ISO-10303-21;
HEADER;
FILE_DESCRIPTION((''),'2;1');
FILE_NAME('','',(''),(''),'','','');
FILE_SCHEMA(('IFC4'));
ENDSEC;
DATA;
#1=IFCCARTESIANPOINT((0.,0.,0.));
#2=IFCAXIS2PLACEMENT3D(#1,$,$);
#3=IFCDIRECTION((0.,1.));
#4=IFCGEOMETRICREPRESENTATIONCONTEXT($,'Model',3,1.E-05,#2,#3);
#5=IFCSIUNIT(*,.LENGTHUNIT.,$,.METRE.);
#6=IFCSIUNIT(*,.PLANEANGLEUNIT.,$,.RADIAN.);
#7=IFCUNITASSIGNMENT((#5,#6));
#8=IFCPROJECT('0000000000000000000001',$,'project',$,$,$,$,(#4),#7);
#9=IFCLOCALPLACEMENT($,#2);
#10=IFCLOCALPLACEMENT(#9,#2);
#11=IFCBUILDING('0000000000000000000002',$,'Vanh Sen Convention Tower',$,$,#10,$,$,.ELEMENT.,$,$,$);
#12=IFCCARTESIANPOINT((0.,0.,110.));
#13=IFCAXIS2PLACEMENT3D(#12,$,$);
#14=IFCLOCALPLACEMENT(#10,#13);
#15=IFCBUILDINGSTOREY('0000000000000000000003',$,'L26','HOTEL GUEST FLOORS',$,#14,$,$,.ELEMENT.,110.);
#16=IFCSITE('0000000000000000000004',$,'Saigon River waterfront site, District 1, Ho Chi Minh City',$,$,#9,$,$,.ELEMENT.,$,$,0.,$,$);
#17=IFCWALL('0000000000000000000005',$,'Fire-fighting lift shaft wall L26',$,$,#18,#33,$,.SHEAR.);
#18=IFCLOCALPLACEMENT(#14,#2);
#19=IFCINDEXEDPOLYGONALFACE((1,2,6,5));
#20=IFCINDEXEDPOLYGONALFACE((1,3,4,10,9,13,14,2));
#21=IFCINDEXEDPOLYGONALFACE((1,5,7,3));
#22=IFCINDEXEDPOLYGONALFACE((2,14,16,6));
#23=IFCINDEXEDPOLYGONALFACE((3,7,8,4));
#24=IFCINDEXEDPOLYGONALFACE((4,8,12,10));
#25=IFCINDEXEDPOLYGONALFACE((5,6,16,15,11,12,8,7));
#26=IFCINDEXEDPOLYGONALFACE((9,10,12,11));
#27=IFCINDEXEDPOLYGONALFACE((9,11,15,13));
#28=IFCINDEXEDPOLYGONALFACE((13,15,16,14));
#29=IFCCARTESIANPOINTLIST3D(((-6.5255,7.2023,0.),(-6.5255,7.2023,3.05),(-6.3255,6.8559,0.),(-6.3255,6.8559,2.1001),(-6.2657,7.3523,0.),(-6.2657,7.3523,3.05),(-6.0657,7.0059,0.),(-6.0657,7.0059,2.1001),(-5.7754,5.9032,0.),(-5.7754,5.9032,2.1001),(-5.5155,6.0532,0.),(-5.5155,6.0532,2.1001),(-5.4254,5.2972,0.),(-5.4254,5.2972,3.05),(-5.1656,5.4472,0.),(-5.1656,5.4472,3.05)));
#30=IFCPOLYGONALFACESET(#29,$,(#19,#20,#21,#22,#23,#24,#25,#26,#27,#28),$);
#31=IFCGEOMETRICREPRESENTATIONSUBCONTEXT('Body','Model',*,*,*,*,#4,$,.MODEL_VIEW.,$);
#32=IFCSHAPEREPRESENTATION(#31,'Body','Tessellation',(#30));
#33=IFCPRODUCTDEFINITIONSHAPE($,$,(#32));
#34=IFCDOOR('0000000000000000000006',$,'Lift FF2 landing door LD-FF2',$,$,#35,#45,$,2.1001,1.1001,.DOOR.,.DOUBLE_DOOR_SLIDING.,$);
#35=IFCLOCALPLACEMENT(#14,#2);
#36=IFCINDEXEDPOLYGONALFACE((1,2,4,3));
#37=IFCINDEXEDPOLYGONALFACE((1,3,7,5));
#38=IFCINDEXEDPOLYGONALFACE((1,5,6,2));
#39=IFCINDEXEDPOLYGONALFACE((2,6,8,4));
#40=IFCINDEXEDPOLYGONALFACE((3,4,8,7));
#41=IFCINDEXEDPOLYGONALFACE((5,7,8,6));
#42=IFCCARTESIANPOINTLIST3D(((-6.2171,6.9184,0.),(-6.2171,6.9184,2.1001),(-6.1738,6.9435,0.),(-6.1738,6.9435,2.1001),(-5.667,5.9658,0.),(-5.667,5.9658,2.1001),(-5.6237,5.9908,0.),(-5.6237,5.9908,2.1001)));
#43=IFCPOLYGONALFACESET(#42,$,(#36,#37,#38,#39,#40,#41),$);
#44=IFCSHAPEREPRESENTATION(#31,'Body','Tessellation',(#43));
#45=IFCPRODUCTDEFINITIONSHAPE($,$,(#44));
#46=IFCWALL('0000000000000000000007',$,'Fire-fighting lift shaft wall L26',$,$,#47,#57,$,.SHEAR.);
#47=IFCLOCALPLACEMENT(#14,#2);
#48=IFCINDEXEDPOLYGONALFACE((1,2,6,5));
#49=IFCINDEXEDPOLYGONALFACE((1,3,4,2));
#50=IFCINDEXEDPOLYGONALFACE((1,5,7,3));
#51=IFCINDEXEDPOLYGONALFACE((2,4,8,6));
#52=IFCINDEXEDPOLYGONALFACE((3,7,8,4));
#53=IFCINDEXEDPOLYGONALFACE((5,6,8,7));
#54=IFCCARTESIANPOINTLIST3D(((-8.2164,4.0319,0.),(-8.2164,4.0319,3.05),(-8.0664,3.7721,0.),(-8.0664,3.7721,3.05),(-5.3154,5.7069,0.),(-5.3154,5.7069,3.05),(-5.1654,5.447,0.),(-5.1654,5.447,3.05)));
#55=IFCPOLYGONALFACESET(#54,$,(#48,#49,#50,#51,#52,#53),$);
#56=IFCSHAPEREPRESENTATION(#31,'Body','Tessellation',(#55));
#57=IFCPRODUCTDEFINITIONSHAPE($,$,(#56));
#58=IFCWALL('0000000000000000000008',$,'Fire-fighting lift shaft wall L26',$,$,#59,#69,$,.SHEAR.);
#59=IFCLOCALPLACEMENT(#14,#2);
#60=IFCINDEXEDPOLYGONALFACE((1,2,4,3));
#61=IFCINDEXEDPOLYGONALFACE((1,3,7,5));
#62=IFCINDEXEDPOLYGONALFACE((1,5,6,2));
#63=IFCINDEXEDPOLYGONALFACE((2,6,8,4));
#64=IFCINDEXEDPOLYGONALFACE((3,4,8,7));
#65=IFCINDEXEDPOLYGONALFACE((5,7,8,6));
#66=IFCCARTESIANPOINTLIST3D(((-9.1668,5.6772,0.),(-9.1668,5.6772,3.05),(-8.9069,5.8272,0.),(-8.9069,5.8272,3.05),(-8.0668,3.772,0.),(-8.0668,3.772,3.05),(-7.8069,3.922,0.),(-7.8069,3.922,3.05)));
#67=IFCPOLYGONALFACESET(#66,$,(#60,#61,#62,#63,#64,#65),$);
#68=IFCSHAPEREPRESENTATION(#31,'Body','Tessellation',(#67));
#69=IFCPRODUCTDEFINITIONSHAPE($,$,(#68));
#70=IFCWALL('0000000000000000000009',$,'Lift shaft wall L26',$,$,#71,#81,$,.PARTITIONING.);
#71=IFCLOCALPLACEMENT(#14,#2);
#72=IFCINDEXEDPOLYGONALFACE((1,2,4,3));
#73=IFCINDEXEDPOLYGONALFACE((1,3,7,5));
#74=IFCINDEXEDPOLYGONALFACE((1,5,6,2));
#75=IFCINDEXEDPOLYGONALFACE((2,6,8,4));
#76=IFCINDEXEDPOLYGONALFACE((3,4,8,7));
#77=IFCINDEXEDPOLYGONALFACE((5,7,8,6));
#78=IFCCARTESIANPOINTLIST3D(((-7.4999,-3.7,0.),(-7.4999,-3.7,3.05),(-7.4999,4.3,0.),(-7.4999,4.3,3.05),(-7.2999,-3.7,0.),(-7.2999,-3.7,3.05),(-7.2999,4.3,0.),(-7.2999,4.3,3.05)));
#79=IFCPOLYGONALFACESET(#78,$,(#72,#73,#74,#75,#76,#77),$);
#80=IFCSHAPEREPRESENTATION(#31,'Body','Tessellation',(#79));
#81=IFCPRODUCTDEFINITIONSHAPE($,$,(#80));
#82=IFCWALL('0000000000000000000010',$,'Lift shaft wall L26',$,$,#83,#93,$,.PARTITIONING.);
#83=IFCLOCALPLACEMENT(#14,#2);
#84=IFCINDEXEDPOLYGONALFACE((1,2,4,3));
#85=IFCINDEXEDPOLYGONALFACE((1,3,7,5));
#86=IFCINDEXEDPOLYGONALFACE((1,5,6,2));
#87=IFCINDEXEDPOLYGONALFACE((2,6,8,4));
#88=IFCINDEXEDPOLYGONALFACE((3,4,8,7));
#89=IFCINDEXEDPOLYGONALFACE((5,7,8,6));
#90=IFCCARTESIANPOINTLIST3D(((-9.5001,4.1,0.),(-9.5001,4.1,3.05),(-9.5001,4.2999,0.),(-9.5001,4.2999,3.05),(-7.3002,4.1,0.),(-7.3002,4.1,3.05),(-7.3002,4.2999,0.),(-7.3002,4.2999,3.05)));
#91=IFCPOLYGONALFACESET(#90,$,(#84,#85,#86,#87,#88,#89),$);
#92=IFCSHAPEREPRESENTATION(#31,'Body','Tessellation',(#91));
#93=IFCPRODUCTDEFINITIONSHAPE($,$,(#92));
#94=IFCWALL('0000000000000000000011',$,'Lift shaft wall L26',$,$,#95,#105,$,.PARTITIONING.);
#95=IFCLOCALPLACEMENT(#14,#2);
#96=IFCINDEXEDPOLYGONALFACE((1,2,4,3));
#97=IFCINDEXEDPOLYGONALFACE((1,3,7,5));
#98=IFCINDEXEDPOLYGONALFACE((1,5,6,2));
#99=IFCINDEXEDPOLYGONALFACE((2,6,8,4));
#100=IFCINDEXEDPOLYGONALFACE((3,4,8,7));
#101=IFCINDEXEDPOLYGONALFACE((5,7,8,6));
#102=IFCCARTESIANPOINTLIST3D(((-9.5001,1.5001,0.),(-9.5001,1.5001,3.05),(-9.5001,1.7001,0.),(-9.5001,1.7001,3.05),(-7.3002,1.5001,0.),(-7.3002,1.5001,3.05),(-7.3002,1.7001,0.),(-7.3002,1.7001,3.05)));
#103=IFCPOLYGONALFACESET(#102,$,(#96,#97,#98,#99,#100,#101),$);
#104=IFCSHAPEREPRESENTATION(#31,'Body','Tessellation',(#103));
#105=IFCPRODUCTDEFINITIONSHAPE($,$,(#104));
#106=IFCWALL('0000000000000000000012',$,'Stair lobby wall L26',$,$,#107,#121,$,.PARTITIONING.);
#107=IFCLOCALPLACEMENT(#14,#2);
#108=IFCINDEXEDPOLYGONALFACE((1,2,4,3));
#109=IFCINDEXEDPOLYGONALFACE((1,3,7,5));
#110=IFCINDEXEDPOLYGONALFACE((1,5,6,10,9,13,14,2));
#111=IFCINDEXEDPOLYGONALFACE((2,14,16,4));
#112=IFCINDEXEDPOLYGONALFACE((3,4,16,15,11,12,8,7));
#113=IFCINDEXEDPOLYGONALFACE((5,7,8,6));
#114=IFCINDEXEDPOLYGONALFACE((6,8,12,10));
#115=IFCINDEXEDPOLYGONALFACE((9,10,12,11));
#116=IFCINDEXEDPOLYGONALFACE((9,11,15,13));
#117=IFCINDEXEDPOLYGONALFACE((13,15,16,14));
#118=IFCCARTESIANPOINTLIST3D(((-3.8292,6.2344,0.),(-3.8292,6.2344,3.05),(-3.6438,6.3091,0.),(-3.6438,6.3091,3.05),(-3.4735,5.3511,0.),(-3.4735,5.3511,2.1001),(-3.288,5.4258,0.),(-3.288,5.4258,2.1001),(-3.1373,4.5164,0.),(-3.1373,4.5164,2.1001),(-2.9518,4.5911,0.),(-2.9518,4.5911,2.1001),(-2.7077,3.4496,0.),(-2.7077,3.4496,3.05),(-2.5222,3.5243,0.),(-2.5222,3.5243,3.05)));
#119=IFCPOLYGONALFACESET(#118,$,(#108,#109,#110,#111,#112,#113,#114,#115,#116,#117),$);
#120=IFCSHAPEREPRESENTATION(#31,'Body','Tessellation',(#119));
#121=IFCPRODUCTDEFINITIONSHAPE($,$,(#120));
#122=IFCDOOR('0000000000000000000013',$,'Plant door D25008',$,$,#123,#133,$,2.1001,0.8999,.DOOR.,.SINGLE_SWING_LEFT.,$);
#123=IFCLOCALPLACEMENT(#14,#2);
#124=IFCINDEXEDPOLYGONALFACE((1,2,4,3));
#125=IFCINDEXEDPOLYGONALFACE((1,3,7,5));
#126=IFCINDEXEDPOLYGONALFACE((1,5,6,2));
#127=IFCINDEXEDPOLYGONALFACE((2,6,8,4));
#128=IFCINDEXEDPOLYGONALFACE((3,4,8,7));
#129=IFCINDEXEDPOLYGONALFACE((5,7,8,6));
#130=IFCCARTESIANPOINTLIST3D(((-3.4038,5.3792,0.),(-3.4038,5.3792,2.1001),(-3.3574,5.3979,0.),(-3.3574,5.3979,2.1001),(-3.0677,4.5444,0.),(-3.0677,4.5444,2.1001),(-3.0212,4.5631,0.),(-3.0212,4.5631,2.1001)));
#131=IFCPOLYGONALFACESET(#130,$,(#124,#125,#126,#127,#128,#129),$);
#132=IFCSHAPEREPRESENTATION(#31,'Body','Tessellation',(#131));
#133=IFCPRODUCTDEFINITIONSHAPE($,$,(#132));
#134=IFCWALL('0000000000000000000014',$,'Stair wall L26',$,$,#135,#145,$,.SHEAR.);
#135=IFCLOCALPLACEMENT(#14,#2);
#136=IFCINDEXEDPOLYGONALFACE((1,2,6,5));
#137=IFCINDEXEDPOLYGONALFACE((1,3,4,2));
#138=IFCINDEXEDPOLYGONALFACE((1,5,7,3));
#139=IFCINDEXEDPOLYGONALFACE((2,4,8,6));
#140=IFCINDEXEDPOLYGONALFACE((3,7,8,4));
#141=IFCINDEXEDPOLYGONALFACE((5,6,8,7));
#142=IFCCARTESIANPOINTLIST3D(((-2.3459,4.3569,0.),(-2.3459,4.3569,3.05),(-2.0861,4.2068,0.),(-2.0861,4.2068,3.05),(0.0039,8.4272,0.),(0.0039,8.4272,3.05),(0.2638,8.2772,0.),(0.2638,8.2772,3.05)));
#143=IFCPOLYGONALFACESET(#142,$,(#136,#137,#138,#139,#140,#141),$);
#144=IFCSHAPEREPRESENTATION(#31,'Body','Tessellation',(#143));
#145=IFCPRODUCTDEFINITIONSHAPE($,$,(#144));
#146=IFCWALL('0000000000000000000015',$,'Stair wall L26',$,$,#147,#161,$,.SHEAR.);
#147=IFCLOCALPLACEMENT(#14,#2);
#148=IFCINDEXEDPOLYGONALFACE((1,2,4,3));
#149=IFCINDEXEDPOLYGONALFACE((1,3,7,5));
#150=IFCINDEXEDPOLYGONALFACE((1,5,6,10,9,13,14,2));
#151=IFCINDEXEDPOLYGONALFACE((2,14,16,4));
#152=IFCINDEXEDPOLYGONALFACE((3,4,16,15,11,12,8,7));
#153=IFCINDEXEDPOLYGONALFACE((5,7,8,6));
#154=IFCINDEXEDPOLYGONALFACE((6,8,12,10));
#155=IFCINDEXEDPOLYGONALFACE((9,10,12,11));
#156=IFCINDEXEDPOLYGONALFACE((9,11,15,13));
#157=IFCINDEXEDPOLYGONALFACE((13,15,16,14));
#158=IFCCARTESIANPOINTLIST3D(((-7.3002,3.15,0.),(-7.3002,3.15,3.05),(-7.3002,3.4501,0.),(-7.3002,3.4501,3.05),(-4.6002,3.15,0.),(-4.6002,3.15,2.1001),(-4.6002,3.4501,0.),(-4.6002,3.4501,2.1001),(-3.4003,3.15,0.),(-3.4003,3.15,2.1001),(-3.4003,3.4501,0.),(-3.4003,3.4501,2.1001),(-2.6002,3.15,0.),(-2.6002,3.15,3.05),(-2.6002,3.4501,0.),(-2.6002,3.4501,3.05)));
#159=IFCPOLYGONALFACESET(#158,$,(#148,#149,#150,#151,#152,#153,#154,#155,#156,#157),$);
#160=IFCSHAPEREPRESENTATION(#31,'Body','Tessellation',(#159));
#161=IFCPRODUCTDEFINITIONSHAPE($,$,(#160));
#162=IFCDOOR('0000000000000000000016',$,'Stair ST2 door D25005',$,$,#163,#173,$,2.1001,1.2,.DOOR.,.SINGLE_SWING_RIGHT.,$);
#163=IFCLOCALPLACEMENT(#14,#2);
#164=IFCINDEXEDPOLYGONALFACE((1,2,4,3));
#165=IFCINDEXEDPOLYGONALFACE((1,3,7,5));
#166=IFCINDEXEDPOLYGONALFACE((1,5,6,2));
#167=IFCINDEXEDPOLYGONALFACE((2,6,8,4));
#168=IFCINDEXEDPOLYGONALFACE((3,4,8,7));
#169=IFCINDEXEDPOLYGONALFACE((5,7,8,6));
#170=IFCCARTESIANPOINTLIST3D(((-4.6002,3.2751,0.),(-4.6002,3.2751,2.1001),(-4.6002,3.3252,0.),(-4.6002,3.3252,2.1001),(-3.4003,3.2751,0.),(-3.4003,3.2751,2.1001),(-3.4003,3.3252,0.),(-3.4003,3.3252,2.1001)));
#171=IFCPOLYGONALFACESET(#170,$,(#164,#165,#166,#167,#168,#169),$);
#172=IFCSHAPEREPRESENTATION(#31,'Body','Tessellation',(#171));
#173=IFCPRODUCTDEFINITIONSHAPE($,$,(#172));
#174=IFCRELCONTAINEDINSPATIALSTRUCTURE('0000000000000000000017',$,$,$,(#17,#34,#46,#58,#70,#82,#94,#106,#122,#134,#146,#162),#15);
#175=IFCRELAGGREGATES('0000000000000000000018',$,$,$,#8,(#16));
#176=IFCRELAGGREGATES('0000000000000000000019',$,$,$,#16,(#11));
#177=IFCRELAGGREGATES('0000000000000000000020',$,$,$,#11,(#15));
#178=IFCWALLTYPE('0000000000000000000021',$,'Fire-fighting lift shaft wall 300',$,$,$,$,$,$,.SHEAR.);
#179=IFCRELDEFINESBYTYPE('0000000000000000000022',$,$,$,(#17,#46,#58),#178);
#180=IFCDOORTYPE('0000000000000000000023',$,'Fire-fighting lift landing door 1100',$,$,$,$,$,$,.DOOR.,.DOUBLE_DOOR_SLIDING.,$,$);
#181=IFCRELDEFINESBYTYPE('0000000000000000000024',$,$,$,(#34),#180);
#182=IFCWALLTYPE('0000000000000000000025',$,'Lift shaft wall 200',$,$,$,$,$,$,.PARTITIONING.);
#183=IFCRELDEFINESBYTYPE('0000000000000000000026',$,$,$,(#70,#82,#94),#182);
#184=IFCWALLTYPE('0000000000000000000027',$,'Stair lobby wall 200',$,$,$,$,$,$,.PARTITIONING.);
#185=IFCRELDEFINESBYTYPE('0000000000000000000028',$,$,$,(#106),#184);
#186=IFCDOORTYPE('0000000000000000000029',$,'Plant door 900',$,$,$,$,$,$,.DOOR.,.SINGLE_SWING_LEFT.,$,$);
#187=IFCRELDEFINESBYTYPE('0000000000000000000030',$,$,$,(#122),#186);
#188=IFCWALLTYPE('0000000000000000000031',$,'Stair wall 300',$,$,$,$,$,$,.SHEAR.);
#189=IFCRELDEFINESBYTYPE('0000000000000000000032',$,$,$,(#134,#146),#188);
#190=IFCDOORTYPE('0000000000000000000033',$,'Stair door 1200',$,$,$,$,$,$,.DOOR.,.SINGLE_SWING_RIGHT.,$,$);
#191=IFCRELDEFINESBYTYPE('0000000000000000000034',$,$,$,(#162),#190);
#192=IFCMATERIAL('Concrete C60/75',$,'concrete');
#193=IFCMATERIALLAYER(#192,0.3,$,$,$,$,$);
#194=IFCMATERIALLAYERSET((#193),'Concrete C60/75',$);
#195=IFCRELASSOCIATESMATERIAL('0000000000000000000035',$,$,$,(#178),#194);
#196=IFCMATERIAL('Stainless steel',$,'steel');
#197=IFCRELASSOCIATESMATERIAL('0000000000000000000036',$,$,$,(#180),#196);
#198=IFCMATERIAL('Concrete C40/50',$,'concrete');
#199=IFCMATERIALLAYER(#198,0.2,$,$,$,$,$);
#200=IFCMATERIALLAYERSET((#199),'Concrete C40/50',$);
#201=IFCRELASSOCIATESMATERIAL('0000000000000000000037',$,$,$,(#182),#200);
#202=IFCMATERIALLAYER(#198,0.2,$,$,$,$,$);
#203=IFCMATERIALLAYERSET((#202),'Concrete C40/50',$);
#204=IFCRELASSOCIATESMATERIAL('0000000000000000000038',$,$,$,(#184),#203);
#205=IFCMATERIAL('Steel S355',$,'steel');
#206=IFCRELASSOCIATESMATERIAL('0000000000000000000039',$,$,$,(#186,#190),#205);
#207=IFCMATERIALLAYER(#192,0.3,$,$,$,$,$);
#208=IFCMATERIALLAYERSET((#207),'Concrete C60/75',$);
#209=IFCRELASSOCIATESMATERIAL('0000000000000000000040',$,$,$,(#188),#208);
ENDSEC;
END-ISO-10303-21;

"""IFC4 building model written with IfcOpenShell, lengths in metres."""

from ifc_helpers import new_model, si_unit, direction, frame, frame_2d, origin, place, context, subcontext, project, spatial, rectangle, extrude, material, layer, layer_set, type_object, element, fill, save


model = new_model("IFC4")

# Units and contexts
model_context = context("Model", 3, precision=1e-05, world=origin(), true_north=direction((0.0, 1.0)))
body_context = subcontext(model_context, "Body", "Model", "MODEL_VIEW")
ifc_project = project(units=[si_unit("LENGTHUNIT", "METRE"), si_unit("PLANEANGLEUNIT", "RADIAN")], contexts=[model_context])

# Site, building, storey
site_placement = place(None, origin())
site = spatial("IfcSite", under=ifc_project, at=site_placement, Name="Saigon River waterfront site, District 1, Ho Chi Minh City", CompositionType="ELEMENT", RefElevation=0.0)
building_placement = place(site_placement, origin())
building = spatial("IfcBuilding", under=site, at=building_placement, Name="Vanh Sen Convention Tower", CompositionType="ELEMENT")
storey_placement = place(building_placement, frame((0.0, 0.0, 110.0)))
storey = spatial("IfcBuildingStorey", under=building, at=storey_placement, Name="L26", Description="HOTEL GUEST FLOORS", CompositionType="ELEMENT", Elevation=110.0)

# Wall, opening, door
ifc_material_1 = material(Name="Concrete C60/75", Category="concrete")
ifc_layer_1 = layer(ifc_material_1, 0.3)
ifc_layer_set_1 = layer_set([ifc_layer_1], Name="Concrete C60/75")
wall_type_1 = type_object("IfcWallType", Name="Fire-fighting lift shaft wall 300", PredefinedType="SHEAR", material=ifc_layer_set_1)
wall_1_placement = place(storey_placement, frame((-5.2954, 5.3721, 0.0), z_axis=(0.0, 0.0, 1.0), x_axis=(-0.500078, 0.86598, 0.0)))
wall_1 = element("IfcWall", 1, at=wall_1_placement, inside=storey, type_object=wall_type_1, Name="Fire-fighting lift shaft wall L26", PredefinedType="SHEAR", context=body_context, shape_type="SweptSolid", body=[
    extrude(rectangle(XDim=2.2, YDim=0.3, at=frame_2d((1.1001, 0.0))), origin(), (0.0, 0.0, 1.0), 3.05),
])
opening_1_placement = place(wall_1_placement, frame((0.7, 0.0, 0.0)))
opening_1 = element("IfcOpeningElement", 2, at=opening_1_placement, cuts=wall_1, PredefinedType="OPENING", context=body_context, shape_type="SweptSolid", body=[
    extrude(rectangle(XDim=1.1001, YDim=2.1001, at=frame_2d((0.55, 1.05))), frame((0.0, 0.1599, 0.0), z_axis=(0.0, -1.0, 0.0), x_axis=(1.0, 0.0, 0.0)), (0.0, 0.0, 1.0), 0.3201),
])
ifc_material_2 = material(Name="Stainless steel", Category="steel")
door_type_1 = type_object("IfcDoorType", Name="Fire-fighting lift landing door 1100", OperationType="DOUBLE_DOOR_SLIDING", PredefinedType="DOOR", material=ifc_material_2)
door_1_placement = place(opening_1_placement, origin())
door_1 = element("IfcDoor", 3, at=door_1_placement, inside=storey, type_object=door_type_1, Name="Lift FF2 landing door LD-FF2", OperationType="DOUBLE_DOOR_SLIDING", OverallHeight=2.1001, OverallWidth=1.1001, PredefinedType="DOOR", context=body_context, shape_type="SweptSolid", body=[
    extrude(rectangle(XDim=1.1001, YDim=2.1001, at=frame_2d((0.55, 1.05))), frame((0.0, 0.0249, 0.0), z_axis=(0.0, -1.0, 0.0), x_axis=(1.0, 0.0, 0.0)), (0.0, 0.0, 1.0), 0.05),
])
fill(opening_1, door_1)

# Walls
wall_2_placement = place(storey_placement, frame((-5.2405, 5.5769, 0.0), z_axis=(0.0, 0.0, 1.0), x_axis=(-0.866014, -0.500019, 0.0)))
element("IfcWall", 4, at=wall_2_placement, inside=storey, type_object=wall_type_1, Name="Fire-fighting lift shaft wall L26", PredefinedType="SHEAR", context=body_context, shape_type="SweptSolid", body=[
    extrude(rectangle(XDim=3.3499, YDim=0.3, at=frame_2d((1.6748, 0.0))), origin(), (0.0, 0.0, 1.0), 3.05),
])
wall_3_placement = place(storey_placement, frame((-7.9368, 3.8469, 0.0), z_axis=(0.0, 0.0, 1.0), x_axis=(-0.50003, 0.866008, 0.0)))
element("IfcWall", 5, at=wall_3_placement, inside=storey, type_object=wall_type_1, Name="Fire-fighting lift shaft wall L26", PredefinedType="SHEAR", context=body_context, shape_type="SweptSolid", body=[
    extrude(rectangle(XDim=2.2, YDim=0.3, at=frame_2d((1.1001, 0.0))), origin(), (0.0, 0.0, 1.0), 3.05),
])
ifc_material_3 = material(Name="Concrete C40/50", Category="concrete")
ifc_layer_2 = layer(ifc_material_3, 0.2)
ifc_layer_set_2 = layer_set([ifc_layer_2], Name="Concrete C40/50")
wall_type_2 = type_object("IfcWallType", Name="Lift shaft wall 200", PredefinedType="PARTITIONING", material=ifc_layer_set_2)
wall_4_placement = place(storey_placement, frame((-7.3999, 4.3, 0.0), z_axis=(0.0, 0.0, 1.0), x_axis=(0.0, -1.0, 0.0)))
element("IfcWall", 6, at=wall_4_placement, inside=storey, type_object=wall_type_2, Name="Lift shaft wall L26", PredefinedType="PARTITIONING", context=body_context, shape_type="SweptSolid", body=[
    extrude(rectangle(XDim=8.0, YDim=0.2, at=frame_2d((4.0, 0.0))), origin(), (0.0, 0.0, 1.0), 3.05),
])
for number, where, z_axis, x_axis, name in (
    (7, (-7.3, 4.2, 0.0), (0.0, 0.0, 1.0), (-1.0, 0.0, 0.0), "Lift shaft wall L26"),
    (8, (-7.3, 1.6001, 0.0), (0.0, 0.0, 1.0), (-1.0, 0.0, 0.0), "Lift shaft wall L26"),
):
    element("IfcWall", number, at=place(storey_placement, frame(where, z_axis=z_axis, x_axis=x_axis)), inside=storey, type_object=wall_type_2, Name=name, PredefinedType="PARTITIONING", context=body_context, shape_type="SweptSolid", body=[
        extrude(rectangle(XDim=2.2, YDim=0.2, at=frame_2d((1.1001, 0.0))), origin(), (0.0, 0.0, 1.0), 3.05),
    ])

# Wall, opening, door
ifc_layer_3 = layer(ifc_material_3, 0.2)
ifc_layer_set_3 = layer_set([ifc_layer_3], Name="Concrete C40/50")
wall_type_3 = type_object("IfcWallType", Name="Stair lobby wall 200", PredefinedType="PARTITIONING", material=ifc_layer_set_3)
wall_5_placement = place(storey_placement, frame((-2.615, 3.4871, 0.0), z_axis=(0.0, 0.0, 1.0), x_axis=(-0.373577, 0.927599, 0.0)))
wall_5 = element("IfcWall", 9, at=wall_5_placement, inside=storey, type_object=wall_type_3, Name="Stair lobby wall L26", PredefinedType="PARTITIONING", context=body_context, shape_type="SweptSolid", body=[
    extrude(rectangle(XDim=3.0022, YDim=0.2, at=frame_2d((1.501, 0.0))), origin(), (0.0, 0.0, 1.0), 3.05),
])
opening_2_placement = place(wall_5_placement, frame((1.1499, 0.0, 0.0)))
opening_2 = element("IfcOpeningElement", 10, at=opening_2_placement, cuts=wall_5, PredefinedType="OPENING", context=body_context, shape_type="SweptSolid", body=[
    extrude(rectangle(XDim=0.8999, YDim=2.1001, at=frame_2d((0.45, 1.05))), frame((0.0, 0.1099, 0.0), z_axis=(0.0, -1.0, 0.0), x_axis=(1.0, 0.0, 0.0)), (0.0, 0.0, 1.0), 0.22),
])
ifc_material_4 = material(Name="Steel S355", Category="steel")
door_type_2 = type_object("IfcDoorType", Name="Plant door 900", OperationType="SINGLE_SWING_LEFT", PredefinedType="DOOR", material=ifc_material_4)
door_2_placement = place(opening_2_placement, origin())
door_2 = element("IfcDoor", 11, at=door_2_placement, inside=storey, type_object=door_type_2, Name="Plant door D25008", OperationType="SINGLE_SWING_LEFT", OverallHeight=2.1001, OverallWidth=0.8999, PredefinedType="DOOR", context=body_context, shape_type="SweptSolid", body=[
    extrude(rectangle(XDim=0.8999, YDim=2.1001, at=frame_2d((0.45, 1.05))), frame((0.0, 0.0249, 0.0), z_axis=(0.0, -1.0, 0.0), x_axis=(1.0, 0.0, 0.0)), (0.0, 0.0, 1.0), 0.05),
])
fill(opening_2, door_2)

# Wall
ifc_layer_4 = layer(ifc_material_1, 0.3)
ifc_layer_set_4 = layer_set([ifc_layer_4], Name="Concrete C60/75")
wall_type_4 = type_object("IfcWallType", Name="Stair wall 300", PredefinedType="SHEAR", material=ifc_layer_set_4)
wall_6_placement = place(storey_placement, frame((-2.2161, 4.2817, 0.0), z_axis=(0.0, 0.0, 1.0), x_axis=(0.499977, 0.866039, 0.0)))
element("IfcWall", 12, at=wall_6_placement, inside=storey, type_object=wall_type_4, Name="Stair wall L26", PredefinedType="SHEAR", context=body_context, shape_type="SweptSolid", body=[
    extrude(rectangle(XDim=4.7, YDim=0.3, at=frame_2d((2.3501, 0.0))), origin(), (0.0, 0.0, 1.0), 3.05),
])

# Wall, opening, door
wall_7_placement = place(storey_placement, frame((-2.6001, 3.3, 0.0), z_axis=(0.0, 0.0, 1.0), x_axis=(-1.0, 0.0, 0.0)))
wall_7 = element("IfcWall", 13, at=wall_7_placement, inside=storey, type_object=wall_type_4, Name="Stair wall L26", PredefinedType="SHEAR", context=body_context, shape_type="SweptSolid", body=[
    extrude(rectangle(XDim=4.7, YDim=0.3, at=frame_2d((2.3501, 0.0))), origin(), (0.0, 0.0, 1.0), 3.05),
])
opening_3_placement = place(wall_7_placement, frame((0.8, 0.0, 0.0)))
opening_3 = element("IfcOpeningElement", 14, at=opening_3_placement, cuts=wall_7, PredefinedType="OPENING", context=body_context, shape_type="SweptSolid", body=[
    extrude(rectangle(XDim=1.2, YDim=2.1001, at=frame_2d((0.6001, 1.05))), frame((0.0, 0.1599, 0.0), z_axis=(0.0, -1.0, 0.0), x_axis=(1.0, 0.0, 0.0)), (0.0, 0.0, 1.0), 0.3201),
])
door_type_3 = type_object("IfcDoorType", Name="Stair door 1200", OperationType="SINGLE_SWING_RIGHT", PredefinedType="DOOR", material=ifc_material_4)
door_3_placement = place(opening_3_placement, origin())
door_3 = element("IfcDoor", 15, at=door_3_placement, inside=storey, type_object=door_type_3, Name="Stair ST2 door D25005", OperationType="SINGLE_SWING_RIGHT", OverallHeight=2.1001, OverallWidth=1.2, PredefinedType="DOOR", context=body_context, shape_type="SweptSolid", body=[
    extrude(rectangle(XDim=1.2, YDim=2.1001, at=frame_2d((0.6001, 1.05))), frame((0.0, 0.0249, 0.0), z_axis=(0.0, -1.0, 0.0), x_axis=(1.0, 0.0, 0.0)), (0.0, 0.0, 1.0), 0.05),
])
fill(opening_3, door_3)

save(model, "model.ifc")
